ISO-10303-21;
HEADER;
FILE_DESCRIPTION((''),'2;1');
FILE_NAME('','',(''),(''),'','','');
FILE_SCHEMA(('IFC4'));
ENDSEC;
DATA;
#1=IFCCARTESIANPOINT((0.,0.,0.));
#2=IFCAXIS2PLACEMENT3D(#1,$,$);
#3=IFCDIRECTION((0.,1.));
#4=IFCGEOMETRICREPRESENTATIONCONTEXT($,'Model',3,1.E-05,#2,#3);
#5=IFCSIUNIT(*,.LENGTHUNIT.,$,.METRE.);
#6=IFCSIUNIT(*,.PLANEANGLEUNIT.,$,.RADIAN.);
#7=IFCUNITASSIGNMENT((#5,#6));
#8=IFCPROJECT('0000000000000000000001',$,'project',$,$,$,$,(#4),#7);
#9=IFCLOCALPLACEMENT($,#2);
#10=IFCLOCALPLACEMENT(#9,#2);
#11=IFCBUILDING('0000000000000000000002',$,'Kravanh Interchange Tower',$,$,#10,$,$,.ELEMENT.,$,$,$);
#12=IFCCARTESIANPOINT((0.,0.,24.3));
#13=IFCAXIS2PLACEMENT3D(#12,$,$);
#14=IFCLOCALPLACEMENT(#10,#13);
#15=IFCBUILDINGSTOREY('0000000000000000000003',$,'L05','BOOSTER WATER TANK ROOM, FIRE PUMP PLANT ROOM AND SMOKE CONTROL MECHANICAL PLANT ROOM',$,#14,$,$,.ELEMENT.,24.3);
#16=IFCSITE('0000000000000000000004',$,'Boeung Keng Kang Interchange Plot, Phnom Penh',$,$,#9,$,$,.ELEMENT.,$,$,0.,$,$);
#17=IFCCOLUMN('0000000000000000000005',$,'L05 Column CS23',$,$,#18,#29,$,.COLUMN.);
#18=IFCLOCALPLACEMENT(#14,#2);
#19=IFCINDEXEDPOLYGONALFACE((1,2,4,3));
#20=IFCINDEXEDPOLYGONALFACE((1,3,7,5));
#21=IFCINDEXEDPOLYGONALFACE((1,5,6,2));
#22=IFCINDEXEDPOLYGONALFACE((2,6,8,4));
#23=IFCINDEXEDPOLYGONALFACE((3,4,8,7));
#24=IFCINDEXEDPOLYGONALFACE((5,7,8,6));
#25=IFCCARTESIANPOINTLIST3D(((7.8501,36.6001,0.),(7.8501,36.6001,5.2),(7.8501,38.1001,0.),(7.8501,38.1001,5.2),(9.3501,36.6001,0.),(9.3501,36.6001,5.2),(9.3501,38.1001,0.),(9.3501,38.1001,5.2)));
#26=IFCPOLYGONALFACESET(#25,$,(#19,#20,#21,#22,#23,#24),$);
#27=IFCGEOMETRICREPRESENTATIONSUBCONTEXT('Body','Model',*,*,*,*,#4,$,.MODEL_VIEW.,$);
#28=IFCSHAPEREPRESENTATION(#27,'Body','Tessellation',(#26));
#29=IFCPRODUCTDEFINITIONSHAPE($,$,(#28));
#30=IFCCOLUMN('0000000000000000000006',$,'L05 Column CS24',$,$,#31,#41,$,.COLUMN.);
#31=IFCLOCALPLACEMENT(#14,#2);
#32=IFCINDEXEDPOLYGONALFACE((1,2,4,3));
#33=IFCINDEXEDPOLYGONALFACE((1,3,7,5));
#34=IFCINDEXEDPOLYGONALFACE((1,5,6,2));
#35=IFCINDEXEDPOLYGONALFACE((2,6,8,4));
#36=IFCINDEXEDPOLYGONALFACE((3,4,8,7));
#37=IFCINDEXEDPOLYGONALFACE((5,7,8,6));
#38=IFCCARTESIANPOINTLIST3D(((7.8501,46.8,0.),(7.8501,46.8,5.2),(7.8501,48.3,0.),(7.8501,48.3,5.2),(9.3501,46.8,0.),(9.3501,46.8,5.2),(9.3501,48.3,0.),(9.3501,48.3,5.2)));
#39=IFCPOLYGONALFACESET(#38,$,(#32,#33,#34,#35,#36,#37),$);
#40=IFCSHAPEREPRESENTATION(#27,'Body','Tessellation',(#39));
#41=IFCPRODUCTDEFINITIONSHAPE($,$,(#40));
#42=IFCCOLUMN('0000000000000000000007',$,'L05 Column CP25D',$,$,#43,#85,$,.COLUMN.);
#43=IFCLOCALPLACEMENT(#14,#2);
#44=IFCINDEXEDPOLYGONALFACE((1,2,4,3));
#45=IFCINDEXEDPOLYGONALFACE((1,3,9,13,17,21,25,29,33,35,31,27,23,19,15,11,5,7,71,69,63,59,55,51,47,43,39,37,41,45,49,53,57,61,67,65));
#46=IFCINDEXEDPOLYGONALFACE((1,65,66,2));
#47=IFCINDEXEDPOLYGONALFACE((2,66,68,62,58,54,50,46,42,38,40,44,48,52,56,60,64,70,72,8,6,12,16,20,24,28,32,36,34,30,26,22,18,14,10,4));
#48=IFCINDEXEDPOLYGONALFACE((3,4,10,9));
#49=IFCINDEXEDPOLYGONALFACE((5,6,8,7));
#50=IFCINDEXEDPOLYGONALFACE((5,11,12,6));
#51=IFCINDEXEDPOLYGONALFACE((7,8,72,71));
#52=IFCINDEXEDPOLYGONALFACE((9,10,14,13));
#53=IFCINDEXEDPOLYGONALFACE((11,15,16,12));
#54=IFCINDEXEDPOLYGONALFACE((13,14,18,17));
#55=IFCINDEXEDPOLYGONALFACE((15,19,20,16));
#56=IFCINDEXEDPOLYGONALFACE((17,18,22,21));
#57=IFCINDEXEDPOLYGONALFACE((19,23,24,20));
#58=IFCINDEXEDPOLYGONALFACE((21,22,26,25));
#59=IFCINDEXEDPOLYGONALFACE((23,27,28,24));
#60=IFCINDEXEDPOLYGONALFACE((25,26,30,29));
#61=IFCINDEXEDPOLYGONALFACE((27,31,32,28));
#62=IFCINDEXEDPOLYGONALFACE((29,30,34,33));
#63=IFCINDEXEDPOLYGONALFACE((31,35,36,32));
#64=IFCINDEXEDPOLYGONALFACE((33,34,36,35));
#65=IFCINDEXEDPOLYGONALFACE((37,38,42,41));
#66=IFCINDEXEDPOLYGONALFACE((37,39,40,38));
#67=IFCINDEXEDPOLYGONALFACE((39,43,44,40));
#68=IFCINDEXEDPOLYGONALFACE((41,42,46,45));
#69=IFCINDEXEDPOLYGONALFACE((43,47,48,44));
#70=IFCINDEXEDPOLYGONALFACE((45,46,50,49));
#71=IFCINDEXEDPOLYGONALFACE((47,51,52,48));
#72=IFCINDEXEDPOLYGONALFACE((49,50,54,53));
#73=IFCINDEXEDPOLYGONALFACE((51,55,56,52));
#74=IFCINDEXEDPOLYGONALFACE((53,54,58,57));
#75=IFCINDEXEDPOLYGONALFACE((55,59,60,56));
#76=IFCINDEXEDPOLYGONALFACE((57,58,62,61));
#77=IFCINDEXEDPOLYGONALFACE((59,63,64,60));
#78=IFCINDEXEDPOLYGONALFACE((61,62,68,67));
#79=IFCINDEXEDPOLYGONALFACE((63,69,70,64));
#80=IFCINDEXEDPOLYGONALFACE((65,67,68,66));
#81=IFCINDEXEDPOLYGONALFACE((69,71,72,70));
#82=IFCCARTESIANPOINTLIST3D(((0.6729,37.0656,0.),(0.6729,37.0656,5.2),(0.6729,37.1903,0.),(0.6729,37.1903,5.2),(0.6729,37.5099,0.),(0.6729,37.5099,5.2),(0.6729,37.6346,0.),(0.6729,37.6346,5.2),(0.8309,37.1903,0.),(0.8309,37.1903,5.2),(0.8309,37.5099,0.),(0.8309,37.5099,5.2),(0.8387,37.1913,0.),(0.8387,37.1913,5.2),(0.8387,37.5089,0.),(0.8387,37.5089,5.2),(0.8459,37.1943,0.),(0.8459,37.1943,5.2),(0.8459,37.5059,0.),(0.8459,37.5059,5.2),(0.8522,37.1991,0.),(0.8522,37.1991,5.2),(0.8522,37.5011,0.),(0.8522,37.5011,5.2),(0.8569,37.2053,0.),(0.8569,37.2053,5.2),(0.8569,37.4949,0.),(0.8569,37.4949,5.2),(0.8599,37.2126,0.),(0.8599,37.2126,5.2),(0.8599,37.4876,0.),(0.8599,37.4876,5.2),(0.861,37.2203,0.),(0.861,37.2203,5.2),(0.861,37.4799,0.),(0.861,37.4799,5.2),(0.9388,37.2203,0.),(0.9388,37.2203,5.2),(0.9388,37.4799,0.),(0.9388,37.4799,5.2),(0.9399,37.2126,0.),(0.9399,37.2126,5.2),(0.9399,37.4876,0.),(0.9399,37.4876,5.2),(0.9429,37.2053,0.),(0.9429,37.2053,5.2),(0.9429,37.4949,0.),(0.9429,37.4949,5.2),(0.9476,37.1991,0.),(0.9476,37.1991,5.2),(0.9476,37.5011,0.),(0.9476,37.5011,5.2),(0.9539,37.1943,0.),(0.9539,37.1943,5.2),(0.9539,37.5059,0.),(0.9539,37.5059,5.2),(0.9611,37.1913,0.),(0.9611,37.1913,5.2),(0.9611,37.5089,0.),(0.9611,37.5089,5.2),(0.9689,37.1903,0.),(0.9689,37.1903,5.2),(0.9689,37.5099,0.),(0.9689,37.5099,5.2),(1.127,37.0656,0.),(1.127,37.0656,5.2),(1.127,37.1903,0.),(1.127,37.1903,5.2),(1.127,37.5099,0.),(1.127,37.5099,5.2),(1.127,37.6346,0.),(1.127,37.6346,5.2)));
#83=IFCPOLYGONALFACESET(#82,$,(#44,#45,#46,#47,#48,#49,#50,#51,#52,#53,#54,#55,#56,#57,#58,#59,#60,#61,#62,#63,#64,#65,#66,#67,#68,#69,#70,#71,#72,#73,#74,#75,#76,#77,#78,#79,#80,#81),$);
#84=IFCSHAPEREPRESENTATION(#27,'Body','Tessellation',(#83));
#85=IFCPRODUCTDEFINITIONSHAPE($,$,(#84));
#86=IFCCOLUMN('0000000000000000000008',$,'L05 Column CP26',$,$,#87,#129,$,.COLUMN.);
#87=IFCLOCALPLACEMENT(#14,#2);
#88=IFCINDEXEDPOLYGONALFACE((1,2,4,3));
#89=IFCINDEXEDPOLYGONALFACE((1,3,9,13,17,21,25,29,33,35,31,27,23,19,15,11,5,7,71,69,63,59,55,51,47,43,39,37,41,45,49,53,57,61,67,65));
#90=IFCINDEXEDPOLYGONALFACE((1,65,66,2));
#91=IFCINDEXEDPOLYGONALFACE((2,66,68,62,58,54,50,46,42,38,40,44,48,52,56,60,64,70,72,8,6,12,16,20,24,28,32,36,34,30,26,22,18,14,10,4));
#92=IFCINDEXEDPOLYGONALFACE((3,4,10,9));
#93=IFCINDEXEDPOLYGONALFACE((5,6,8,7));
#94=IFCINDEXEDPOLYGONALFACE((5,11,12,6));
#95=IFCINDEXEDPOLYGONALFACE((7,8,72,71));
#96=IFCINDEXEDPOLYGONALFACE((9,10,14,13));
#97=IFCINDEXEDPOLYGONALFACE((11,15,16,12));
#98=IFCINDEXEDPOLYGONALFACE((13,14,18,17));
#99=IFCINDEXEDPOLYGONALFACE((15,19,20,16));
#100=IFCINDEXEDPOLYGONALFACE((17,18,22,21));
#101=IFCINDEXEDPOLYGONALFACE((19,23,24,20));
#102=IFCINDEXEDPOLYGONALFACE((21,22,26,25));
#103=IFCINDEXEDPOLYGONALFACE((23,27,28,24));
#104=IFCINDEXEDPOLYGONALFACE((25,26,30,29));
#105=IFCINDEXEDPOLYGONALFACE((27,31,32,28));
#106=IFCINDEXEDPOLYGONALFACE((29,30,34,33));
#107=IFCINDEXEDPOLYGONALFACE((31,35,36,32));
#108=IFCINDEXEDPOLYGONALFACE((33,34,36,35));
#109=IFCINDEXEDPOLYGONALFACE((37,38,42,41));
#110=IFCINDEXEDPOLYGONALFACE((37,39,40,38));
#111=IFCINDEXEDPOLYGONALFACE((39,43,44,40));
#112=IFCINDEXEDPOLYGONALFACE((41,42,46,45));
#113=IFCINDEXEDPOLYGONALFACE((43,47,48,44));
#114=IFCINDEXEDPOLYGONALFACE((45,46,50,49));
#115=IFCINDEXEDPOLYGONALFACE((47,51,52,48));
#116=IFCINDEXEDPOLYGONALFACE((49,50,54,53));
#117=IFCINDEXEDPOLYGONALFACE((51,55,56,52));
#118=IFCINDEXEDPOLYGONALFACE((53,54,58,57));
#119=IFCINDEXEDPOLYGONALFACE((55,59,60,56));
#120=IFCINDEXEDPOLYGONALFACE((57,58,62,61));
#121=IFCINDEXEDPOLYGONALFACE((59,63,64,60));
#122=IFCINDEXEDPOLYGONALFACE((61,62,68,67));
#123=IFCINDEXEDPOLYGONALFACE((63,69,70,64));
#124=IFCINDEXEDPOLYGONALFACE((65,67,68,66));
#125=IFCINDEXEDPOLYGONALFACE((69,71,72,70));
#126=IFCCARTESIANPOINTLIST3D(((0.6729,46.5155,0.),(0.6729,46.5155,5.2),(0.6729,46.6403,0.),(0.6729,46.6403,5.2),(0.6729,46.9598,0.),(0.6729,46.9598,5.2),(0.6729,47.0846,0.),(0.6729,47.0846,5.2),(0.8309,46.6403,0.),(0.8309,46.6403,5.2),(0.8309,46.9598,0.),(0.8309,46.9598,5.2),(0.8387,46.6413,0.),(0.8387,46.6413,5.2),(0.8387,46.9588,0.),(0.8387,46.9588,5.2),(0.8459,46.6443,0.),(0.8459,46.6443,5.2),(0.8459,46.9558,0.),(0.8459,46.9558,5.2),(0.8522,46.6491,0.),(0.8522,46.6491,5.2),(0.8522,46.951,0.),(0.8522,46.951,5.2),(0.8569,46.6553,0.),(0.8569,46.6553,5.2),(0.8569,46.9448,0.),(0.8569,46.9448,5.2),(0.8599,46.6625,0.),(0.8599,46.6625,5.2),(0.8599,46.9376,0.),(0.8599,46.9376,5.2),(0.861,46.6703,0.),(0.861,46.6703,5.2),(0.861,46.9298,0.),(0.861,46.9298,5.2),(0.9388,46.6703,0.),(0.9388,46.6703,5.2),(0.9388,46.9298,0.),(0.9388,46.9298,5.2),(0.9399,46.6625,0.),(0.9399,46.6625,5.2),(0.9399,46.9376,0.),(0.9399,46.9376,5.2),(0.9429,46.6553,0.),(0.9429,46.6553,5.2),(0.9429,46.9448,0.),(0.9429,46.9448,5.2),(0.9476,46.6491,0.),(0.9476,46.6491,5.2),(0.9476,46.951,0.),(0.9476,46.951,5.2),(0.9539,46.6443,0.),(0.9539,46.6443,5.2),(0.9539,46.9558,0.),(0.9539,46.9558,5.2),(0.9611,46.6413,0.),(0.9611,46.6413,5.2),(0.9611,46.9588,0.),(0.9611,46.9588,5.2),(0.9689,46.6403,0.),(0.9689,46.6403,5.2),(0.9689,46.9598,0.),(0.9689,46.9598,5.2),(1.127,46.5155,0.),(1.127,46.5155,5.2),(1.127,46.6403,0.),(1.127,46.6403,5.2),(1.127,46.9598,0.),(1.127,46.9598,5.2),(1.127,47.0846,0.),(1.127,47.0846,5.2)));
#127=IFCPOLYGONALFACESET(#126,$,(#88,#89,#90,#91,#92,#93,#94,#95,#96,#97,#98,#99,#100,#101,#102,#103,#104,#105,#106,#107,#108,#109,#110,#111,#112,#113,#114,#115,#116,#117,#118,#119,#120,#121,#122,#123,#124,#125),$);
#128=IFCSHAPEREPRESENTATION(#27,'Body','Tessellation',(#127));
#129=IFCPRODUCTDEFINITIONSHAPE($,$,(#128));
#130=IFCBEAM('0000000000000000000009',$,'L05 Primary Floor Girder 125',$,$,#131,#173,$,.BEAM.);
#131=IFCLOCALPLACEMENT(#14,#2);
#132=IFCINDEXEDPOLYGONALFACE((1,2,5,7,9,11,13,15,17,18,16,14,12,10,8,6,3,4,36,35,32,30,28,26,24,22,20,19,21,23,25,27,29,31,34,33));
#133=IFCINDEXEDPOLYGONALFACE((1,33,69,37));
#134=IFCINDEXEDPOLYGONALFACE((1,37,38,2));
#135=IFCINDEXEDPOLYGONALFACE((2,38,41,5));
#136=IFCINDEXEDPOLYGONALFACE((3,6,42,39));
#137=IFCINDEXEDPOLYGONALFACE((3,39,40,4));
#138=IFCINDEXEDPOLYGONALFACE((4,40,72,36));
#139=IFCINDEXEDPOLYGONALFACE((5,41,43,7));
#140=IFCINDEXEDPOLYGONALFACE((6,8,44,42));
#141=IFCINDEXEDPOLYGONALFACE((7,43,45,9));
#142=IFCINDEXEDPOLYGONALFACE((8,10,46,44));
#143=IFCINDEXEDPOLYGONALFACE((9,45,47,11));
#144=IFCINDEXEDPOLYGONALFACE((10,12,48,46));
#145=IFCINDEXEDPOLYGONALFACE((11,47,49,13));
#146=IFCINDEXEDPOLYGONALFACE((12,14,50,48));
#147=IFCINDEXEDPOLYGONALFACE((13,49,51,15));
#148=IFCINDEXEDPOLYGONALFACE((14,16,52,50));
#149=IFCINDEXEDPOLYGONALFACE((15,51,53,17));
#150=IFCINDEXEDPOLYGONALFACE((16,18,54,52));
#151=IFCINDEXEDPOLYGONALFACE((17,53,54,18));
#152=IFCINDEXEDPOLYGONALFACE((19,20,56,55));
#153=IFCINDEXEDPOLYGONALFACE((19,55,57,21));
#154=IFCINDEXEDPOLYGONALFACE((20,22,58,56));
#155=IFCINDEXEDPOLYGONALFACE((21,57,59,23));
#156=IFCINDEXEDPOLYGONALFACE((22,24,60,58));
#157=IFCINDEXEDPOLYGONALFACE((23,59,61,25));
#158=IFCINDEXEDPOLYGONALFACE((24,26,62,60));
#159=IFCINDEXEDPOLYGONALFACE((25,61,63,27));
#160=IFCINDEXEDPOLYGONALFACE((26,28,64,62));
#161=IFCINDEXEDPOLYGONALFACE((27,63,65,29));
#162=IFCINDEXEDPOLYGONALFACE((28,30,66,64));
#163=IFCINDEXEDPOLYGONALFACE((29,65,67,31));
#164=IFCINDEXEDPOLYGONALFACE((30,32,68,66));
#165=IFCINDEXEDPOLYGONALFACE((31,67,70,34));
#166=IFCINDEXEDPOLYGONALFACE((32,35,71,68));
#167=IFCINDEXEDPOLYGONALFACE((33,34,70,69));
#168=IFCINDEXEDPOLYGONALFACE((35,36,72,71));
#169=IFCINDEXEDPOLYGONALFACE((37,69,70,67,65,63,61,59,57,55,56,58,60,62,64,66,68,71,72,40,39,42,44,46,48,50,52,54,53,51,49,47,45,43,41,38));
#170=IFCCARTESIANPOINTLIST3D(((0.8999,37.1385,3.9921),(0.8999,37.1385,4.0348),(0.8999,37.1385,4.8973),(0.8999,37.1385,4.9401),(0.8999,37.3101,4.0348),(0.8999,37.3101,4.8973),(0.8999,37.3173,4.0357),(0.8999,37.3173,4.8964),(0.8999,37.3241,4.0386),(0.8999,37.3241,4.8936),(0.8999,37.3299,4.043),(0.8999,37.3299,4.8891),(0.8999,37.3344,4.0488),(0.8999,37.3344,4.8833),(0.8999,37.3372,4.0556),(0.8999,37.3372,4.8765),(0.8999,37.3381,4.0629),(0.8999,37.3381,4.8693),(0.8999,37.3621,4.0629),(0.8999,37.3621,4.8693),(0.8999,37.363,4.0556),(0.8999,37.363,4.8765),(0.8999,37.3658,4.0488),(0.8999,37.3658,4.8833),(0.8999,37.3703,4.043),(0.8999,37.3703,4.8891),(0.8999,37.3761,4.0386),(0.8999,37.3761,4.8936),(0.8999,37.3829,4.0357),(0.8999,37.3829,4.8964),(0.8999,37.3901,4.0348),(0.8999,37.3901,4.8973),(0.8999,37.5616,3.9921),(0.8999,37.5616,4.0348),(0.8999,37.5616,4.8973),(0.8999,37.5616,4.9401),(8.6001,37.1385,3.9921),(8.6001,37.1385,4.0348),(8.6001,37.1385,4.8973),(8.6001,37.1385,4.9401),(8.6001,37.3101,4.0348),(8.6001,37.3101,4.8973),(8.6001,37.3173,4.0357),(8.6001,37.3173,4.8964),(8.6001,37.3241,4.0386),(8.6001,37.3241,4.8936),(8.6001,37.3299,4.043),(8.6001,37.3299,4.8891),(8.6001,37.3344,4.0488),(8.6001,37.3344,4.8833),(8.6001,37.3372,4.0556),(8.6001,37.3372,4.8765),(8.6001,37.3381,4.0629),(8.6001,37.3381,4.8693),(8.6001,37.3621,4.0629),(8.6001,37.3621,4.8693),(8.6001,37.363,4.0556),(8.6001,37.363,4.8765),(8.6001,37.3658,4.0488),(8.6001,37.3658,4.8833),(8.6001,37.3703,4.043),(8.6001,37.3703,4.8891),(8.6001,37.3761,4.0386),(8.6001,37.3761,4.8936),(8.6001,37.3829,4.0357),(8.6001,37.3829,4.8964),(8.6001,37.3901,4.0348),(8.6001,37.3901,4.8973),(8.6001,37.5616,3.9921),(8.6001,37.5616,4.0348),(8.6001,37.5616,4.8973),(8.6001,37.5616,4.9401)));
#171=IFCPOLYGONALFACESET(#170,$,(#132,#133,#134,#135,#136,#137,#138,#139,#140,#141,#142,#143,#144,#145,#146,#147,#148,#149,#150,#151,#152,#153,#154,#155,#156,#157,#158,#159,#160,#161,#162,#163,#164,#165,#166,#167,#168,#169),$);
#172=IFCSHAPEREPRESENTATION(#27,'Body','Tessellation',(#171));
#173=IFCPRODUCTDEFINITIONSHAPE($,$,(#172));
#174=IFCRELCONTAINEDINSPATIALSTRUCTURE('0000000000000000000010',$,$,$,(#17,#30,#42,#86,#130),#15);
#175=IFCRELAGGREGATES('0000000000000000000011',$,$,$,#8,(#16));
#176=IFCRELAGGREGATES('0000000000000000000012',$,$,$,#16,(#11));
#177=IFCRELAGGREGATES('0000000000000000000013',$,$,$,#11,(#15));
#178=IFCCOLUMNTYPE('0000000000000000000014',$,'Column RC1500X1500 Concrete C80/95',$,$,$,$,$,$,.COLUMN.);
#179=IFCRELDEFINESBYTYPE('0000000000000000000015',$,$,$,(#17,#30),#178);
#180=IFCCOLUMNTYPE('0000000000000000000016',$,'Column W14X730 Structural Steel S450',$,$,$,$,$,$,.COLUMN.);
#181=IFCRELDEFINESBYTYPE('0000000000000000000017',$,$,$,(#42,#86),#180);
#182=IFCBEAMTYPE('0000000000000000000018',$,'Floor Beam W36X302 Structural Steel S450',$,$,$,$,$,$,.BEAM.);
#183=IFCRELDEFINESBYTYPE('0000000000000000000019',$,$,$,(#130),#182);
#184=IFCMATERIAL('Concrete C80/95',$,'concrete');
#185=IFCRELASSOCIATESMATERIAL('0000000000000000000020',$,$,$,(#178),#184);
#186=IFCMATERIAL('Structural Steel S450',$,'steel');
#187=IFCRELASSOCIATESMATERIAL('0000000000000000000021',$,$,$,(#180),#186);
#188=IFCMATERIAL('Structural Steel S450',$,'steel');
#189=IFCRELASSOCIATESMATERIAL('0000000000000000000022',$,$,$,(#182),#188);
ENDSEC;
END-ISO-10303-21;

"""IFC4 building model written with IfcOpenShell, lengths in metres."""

from ifc_helpers import new_model, si_unit, direction, frame, origin, origin_2d, place, context, subcontext, project, spatial, rectangle, i_section, extrude, material, material_profile, profile_set, type_object, element, save


model = new_model("IFC4")

# Units and contexts
model_context = context("Model", 3, precision=1e-05, world=origin(), true_north=direction((0.0, 1.0)))
body_context = subcontext(model_context, "Body", "Model", "MODEL_VIEW")
ifc_project = project(units=[si_unit("LENGTHUNIT", "METRE"), si_unit("PLANEANGLEUNIT", "RADIAN")], contexts=[model_context])

# Site, building, storey
site_placement = place(None, origin())
site = spatial("IfcSite", under=ifc_project, at=site_placement, Name="Boeung Keng Kang Interchange Plot, Phnom Penh", CompositionType="ELEMENT", RefElevation=0.0)
building_placement = place(site_placement, origin())
building = spatial("IfcBuilding", under=site, at=building_placement, Name="Kravanh Interchange Tower", CompositionType="ELEMENT")
storey_placement = place(building_placement, frame((0.0, 0.0, 24.3)))
storey = spatial("IfcBuildingStorey", under=building, at=storey_placement, Name="L05", Description="BOOSTER WATER TANK ROOM, FIRE PUMP PLANT ROOM AND SMOKE CONTROL MECHANICAL PLANT ROOM", CompositionType="ELEMENT", Elevation=24.3)

# Columns
ifc_material_1 = material(Name="Concrete C80/95", Category="concrete")
ifc_material_profile_1 = material_profile(ifc_material_1, rectangle(XDim=1.5, YDim=1.5, at=origin_2d()), Name="RC1500X1500")
ifc_profile_set_1 = profile_set([ifc_material_profile_1], Name="Concrete C80/95")
column_type_1 = type_object("IfcColumnType", Name="Column RC1500X1500 Concrete C80/95", PredefinedType="COLUMN", material=ifc_profile_set_1)
for number, where, z_axis, x_axis, name in (
    (1, (8.6001, 37.3501, 0.0), (0.0, 0.0, 1.0), (1.0, 0.0, 0.0), "L05 Column CS23"),
    (2, (8.6001, 47.55, 0.0), (0.0, 0.0, 1.0), (1.0, 0.0, 0.0), "L05 Column CS24"),
):
    element("IfcColumn", number, at=place(storey_placement, frame(where, z_axis=z_axis, x_axis=x_axis)), inside=storey, type_object=column_type_1, Name=name, PredefinedType="COLUMN", context=body_context, shape_type="SweptSolid", body=[
        extrude(rectangle(XDim=1.5, YDim=1.5, at=origin_2d()), origin(), (0.0, 0.0, 1.0), 5.2),
    ])
ifc_material_2 = material(Name="Structural Steel S450", Category="steel")
ifc_material_profile_2 = material_profile(ifc_material_2, i_section(OverallWidth=0.4541, OverallDepth=0.5691, WebThickness=0.0779, FlangeThickness=0.1248, FilletRadius=0.03, at=origin_2d()), Name="W14X730")
ifc_profile_set_2 = profile_set([ifc_material_profile_2], Name="Structural Steel S450")
column_type_2 = type_object("IfcColumnType", Name="Column W14X730 Structural Steel S450", PredefinedType="COLUMN", material=ifc_profile_set_2)
for number, where, z_axis, x_axis, name in (
    (3, (0.8999, 37.3501, 0.0), (0.0, 0.0, 1.0), (1.0, 0.0, 0.0), "L05 Column CP25D"),
    (4, (0.8999, 46.8, 0.0), (0.0, 0.0, 1.0), (1.0, 0.0, 0.0), "L05 Column CP26"),
):
    element("IfcColumn", number, at=place(storey_placement, frame(where, z_axis=z_axis, x_axis=x_axis)), inside=storey, type_object=column_type_2, Name=name, PredefinedType="COLUMN", context=body_context, shape_type="SweptSolid", body=[
        extrude(i_section(OverallWidth=0.4541, OverallDepth=0.5691, WebThickness=0.0779, FlangeThickness=0.1248, FilletRadius=0.03, at=origin_2d()), origin(), (0.0, 0.0, 1.0), 5.2),
    ])

# Beam
ifc_material_3 = material(Name="Structural Steel S450", Category="steel")
ifc_material_profile_3 = material_profile(ifc_material_3, i_section(OverallWidth=0.4231, OverallDepth=0.948, WebThickness=0.0239, FlangeThickness=0.0427, FilletRadius=0.0281, at=origin_2d()), Name="W36X302")
ifc_profile_set_3 = profile_set([ifc_material_profile_3], Name="Structural Steel S450")
beam_type = type_object("IfcBeamType", Name="Floor Beam W36X302 Structural Steel S450", PredefinedType="BEAM", material=ifc_profile_set_3)
beam_1_placement = place(storey_placement, frame((0.8999, 37.3501, 4.4661), z_axis=(1.0, 0.0, 0.0), x_axis=(0.0, 1.0, 0.0)))
element("IfcBeam", 5, at=beam_1_placement, inside=storey, type_object=beam_type, Name="L05 Primary Floor Girder 125", PredefinedType="BEAM", context=body_context, shape_type="SweptSolid", body=[
    extrude(i_section(OverallWidth=0.4231, OverallDepth=0.948, WebThickness=0.0239, FlangeThickness=0.0427, FilletRadius=0.0281, at=origin_2d()), origin(), (0.0, 0.0, 1.0), 7.7002),
])

save(model, "model.ifc")
